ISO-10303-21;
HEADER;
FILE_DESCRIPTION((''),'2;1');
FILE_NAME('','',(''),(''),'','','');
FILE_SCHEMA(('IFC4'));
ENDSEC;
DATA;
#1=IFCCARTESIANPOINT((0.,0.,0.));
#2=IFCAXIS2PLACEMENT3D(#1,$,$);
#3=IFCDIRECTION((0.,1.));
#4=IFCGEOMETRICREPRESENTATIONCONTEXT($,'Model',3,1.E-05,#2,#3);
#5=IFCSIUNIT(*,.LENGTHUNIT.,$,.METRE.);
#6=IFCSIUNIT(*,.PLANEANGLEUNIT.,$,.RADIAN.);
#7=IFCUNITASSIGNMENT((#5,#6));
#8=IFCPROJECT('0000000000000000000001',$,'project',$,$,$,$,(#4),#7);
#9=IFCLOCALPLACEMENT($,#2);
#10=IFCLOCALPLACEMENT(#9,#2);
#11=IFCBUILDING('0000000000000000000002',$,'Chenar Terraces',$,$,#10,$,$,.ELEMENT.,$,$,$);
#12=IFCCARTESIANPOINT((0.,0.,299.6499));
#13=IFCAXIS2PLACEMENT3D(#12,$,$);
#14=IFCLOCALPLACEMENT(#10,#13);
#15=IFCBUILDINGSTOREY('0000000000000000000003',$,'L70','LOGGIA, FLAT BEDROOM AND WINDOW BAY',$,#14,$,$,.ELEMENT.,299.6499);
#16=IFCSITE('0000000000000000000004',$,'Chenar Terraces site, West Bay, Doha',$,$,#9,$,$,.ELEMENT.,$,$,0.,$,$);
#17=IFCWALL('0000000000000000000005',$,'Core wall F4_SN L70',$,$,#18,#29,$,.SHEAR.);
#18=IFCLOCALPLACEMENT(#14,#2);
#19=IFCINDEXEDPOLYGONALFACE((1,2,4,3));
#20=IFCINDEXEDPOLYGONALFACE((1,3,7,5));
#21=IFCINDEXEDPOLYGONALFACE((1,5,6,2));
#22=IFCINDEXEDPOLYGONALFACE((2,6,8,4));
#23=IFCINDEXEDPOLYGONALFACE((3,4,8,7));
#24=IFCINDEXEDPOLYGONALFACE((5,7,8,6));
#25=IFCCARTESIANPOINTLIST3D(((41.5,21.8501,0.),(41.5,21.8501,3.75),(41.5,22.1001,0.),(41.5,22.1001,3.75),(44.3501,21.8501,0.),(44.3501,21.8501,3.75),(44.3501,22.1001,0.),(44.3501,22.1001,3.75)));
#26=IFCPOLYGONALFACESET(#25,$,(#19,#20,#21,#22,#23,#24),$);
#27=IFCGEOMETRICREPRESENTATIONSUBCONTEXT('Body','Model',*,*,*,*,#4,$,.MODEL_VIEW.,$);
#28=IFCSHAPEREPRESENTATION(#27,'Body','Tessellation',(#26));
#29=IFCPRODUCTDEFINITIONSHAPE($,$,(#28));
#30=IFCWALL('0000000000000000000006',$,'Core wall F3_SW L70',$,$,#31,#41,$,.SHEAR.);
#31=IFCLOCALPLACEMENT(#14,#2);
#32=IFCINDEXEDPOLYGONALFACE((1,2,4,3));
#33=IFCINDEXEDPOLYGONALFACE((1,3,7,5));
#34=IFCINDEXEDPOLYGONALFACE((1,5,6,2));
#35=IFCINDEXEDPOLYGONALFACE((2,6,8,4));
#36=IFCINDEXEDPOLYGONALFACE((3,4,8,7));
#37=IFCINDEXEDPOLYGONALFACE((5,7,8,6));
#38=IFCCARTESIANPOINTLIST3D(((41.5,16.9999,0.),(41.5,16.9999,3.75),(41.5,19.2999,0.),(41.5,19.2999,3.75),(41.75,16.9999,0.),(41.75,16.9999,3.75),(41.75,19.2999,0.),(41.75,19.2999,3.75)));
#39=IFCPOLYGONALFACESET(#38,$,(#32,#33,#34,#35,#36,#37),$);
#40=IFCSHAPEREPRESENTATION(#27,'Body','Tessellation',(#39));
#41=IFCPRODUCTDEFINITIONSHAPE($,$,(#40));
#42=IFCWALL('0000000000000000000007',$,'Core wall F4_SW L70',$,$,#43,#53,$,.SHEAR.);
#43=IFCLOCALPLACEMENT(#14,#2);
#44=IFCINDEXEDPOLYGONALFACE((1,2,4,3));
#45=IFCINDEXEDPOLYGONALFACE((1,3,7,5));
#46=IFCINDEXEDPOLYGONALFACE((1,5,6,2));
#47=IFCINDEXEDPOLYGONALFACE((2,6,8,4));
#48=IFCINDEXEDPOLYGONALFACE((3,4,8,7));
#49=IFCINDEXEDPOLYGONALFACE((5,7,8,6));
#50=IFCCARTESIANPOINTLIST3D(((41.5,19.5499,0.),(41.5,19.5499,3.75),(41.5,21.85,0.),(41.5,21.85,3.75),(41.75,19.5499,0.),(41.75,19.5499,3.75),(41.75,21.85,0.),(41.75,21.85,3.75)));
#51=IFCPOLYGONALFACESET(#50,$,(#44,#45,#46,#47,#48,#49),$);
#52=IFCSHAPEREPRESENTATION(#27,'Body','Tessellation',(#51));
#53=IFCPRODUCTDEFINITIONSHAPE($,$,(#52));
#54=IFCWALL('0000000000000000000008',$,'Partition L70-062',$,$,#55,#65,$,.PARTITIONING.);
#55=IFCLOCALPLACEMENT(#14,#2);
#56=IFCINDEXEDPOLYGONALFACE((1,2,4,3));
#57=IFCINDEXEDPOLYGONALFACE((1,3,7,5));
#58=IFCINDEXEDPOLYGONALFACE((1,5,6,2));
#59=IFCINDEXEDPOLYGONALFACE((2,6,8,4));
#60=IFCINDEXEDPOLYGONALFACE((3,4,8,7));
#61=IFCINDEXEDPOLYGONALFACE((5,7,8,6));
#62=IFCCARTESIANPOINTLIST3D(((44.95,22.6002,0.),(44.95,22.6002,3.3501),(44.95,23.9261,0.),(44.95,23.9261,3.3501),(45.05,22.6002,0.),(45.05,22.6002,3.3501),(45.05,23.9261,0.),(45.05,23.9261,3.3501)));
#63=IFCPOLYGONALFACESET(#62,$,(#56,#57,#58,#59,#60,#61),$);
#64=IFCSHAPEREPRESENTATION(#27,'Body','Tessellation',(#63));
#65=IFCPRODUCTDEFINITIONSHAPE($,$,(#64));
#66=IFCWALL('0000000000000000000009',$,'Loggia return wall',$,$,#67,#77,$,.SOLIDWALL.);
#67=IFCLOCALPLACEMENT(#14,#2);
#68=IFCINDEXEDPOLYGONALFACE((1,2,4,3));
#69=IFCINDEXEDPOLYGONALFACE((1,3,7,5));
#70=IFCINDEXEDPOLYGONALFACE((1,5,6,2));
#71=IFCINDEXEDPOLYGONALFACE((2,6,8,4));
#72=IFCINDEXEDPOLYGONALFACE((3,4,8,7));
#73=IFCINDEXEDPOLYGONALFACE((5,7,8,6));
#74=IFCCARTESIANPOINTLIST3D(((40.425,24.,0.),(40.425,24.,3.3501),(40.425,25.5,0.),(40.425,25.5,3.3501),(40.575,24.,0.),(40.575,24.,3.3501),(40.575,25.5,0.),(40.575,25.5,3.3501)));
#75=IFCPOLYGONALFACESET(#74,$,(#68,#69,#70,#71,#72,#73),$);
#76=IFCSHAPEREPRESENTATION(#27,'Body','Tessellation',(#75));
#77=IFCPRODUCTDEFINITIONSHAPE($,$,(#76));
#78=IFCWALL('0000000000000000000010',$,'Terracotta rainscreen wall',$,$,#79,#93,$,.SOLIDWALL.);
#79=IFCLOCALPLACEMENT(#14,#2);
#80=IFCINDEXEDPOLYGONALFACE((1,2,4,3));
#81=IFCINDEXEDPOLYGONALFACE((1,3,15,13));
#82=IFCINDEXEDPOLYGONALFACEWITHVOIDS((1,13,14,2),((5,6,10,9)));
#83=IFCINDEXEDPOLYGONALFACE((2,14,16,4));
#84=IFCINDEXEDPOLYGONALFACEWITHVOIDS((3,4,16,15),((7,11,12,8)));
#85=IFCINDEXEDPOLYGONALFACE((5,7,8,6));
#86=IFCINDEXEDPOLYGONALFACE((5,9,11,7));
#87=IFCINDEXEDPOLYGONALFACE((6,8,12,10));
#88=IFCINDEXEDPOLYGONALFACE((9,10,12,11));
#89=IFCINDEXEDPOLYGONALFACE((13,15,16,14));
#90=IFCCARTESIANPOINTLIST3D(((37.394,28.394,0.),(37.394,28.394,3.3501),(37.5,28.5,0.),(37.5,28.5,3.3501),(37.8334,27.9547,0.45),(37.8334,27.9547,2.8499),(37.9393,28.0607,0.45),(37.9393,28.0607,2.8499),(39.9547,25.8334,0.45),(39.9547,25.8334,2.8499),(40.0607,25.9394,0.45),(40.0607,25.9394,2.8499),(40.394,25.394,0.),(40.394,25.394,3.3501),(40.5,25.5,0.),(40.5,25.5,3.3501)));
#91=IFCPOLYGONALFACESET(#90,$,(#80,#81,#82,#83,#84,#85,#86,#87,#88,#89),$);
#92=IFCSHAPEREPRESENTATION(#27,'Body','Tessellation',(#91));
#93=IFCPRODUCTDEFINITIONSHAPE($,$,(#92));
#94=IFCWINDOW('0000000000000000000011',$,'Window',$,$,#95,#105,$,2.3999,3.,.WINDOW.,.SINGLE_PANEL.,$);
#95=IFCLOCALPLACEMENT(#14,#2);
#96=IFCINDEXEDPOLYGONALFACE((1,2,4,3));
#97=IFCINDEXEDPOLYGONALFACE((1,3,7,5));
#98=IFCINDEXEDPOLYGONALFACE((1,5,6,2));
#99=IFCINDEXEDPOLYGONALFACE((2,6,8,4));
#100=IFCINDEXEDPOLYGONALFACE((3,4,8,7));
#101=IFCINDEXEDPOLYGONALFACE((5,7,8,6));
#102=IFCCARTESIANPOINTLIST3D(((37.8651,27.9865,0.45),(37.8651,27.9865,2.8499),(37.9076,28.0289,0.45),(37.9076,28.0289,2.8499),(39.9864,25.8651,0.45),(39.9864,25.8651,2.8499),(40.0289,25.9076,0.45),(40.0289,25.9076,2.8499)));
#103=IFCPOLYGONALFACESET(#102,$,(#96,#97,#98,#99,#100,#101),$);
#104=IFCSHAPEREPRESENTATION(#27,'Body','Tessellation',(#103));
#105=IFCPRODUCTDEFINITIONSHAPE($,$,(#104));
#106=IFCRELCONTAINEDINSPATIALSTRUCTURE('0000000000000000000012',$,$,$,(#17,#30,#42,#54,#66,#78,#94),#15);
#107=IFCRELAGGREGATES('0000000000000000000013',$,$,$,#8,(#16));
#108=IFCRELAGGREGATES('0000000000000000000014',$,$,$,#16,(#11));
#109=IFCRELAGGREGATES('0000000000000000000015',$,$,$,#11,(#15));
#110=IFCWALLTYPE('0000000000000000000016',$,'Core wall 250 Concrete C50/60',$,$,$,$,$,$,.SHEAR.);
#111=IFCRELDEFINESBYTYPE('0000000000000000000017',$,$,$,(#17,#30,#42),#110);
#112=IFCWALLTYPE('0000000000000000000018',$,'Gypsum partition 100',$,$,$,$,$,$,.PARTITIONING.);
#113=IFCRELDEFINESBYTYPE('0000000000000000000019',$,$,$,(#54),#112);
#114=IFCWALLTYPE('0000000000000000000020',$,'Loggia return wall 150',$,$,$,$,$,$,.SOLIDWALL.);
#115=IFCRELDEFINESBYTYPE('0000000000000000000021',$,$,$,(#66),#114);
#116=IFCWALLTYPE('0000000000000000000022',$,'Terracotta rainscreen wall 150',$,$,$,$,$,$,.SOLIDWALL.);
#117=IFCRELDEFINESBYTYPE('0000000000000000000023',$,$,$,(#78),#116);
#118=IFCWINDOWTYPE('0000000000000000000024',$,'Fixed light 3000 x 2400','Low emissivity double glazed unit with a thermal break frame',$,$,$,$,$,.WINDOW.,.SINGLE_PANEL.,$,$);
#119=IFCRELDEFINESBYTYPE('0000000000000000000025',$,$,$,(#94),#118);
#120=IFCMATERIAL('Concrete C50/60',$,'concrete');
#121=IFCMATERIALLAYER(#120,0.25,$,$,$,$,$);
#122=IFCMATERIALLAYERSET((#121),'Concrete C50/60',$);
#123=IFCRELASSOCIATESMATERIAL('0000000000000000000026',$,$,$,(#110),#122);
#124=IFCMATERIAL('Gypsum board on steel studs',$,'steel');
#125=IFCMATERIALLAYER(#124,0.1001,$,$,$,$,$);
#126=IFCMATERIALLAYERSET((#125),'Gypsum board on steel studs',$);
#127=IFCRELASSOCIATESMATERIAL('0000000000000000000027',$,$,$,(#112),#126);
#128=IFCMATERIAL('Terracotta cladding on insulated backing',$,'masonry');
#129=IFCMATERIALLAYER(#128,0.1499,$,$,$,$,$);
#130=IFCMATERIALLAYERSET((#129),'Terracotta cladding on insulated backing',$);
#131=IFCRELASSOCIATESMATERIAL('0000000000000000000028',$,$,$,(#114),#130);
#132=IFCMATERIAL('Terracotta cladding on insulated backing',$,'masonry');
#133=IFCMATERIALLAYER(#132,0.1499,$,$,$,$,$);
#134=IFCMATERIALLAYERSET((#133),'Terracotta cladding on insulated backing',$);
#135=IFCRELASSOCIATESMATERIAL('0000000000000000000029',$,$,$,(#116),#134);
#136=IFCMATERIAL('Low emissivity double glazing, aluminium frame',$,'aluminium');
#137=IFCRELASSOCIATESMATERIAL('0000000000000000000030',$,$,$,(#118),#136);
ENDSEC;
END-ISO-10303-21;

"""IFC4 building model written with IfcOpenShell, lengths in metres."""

from ifc_helpers import new_model, si_unit, direction, frame, frame_2d, origin, place, context, subcontext, project, spatial, rectangle, extrude, material, layer, layer_set, type_object, element, fill, save


model = new_model("IFC4")

# Units and contexts
model_context = context("Model", 3, precision=1e-05, world=origin(), true_north=direction((0.0, 1.0)))
body_context = subcontext(model_context, "Body", "Model", "MODEL_VIEW")
ifc_project = project(units=[si_unit("LENGTHUNIT", "METRE"), si_unit("PLANEANGLEUNIT", "RADIAN")], contexts=[model_context])

# Site, building, storey
site_placement = place(None, origin())
site = spatial("IfcSite", under=ifc_project, at=site_placement, Name="Chenar Terraces site, West Bay, Doha", CompositionType="ELEMENT", RefElevation=0.0)
building_placement = place(site_placement, origin())
building = spatial("IfcBuilding", under=site, at=building_placement, Name="Chenar Terraces", CompositionType="ELEMENT")
storey_placement = place(building_placement, frame((0.0, 0.0, 299.6499)))
storey = spatial("IfcBuildingStorey", under=building, at=storey_placement, Name="L70", Description="LOGGIA, FLAT BEDROOM AND WINDOW BAY", CompositionType="ELEMENT", Elevation=299.6499)

# Shared definitions
ifc_material_1 = material(Name="Concrete C50/60", Category="concrete")
ifc_layer_1 = layer(ifc_material_1, 0.25)
ifc_layer_set_1 = layer_set([ifc_layer_1], Name="Concrete C50/60")
wall_type_1 = type_object("IfcWallType", Name="Core wall 250 Concrete C50/60", PredefinedType="SHEAR", material=ifc_layer_set_1)

# Walls
for number, where, z_axis, x_axis, name in (
    (1, (41.5, 21.9751, 0.0), (0.0, 0.0, 1.0), (1.0, 0.0, 0.0), "Core wall F4_SN L70"),
):
    element("IfcWall", number, at=place(storey_placement, frame(where, z_axis=z_axis, x_axis=x_axis)), inside=storey, type_object=wall_type_1, Name=name, PredefinedType="SHEAR", context=body_context, shape_type="SweptSolid", body=[
        extrude(rectangle(XDim=2.8501, YDim=0.25, at=frame_2d((1.425, 0.0))), origin(), (0.0, 0.0, 1.0), 3.75),
    ])
for number, where, z_axis, x_axis, name in (
    (2, (41.625, 17.0, 0.0), (0.0, 0.0, 1.0), (0.0, 1.0, 0.0), "Core wall F3_SW L70"),
    (3, (41.625, 19.55, 0.0), (0.0, 0.0, 1.0), (0.0, 1.0, 0.0), "Core wall F4_SW L70"),
):
    element("IfcWall", number, at=place(storey_placement, frame(where, z_axis=z_axis, x_axis=x_axis)), inside=storey, type_object=wall_type_1, Name=name, PredefinedType="SHEAR", context=body_context, shape_type="SweptSolid", body=[
        extrude(rectangle(XDim=2.3, YDim=0.25, at=frame_2d((1.1499, 0.0))), origin(), (0.0, 0.0, 1.0), 3.75),
    ])
ifc_material_2 = material(Name="Gypsum board on steel studs", Category="steel")
ifc_layer_2 = layer(ifc_material_2, 0.1001)
ifc_layer_set_2 = layer_set([ifc_layer_2], Name="Gypsum board on steel studs")
wall_type_2 = type_object("IfcWallType", Name="Gypsum partition 100", PredefinedType="PARTITIONING", material=ifc_layer_set_2)
wall_1_placement = place(storey_placement, frame((45.0, 22.6001, 0.0), z_axis=(0.0, 0.0, 1.0), x_axis=(0.0, 1.0, 0.0)))
element("IfcWall", 4, at=wall_1_placement, inside=storey, type_object=wall_type_2, Name="Partition L70-062", PredefinedType="PARTITIONING", context=body_context, shape_type="SweptSolid", body=[
    extrude(rectangle(XDim=1.3259, YDim=0.1001, at=frame_2d((0.6631, 0.0))), origin(), (0.0, 0.0, 1.0), 3.3501),
])
ifc_material_3 = material(Name="Terracotta cladding on insulated backing", Category="masonry")
ifc_layer_3 = layer(ifc_material_3, 0.1499)
ifc_layer_set_3 = layer_set([ifc_layer_3], Name="Terracotta cladding on insulated backing")
wall_type_3 = type_object("IfcWallType", Name="Loggia return wall 150", PredefinedType="SOLIDWALL", material=ifc_layer_set_3)
wall_2_placement = place(storey_placement, frame((40.5, 25.5, 0.0), z_axis=(0.0, 0.0, 1.0), x_axis=(0.0, -1.0, 0.0)))
element("IfcWall", 5, at=wall_2_placement, inside=storey, type_object=wall_type_3, Name="Loggia return wall", PredefinedType="SOLIDWALL", context=body_context, shape_type="SweptSolid", body=[
    extrude(rectangle(XDim=1.5, YDim=0.1499, at=frame_2d((0.75, 0.0))), origin(), (0.0, 0.0, 1.0), 3.3501),
])

# Wall, opening, window
ifc_material_4 = material(Name="Terracotta cladding on insulated backing", Category="masonry")
ifc_layer_4 = layer(ifc_material_4, 0.1499)
ifc_layer_set_4 = layer_set([ifc_layer_4], Name="Terracotta cladding on insulated backing")
wall_type_4 = type_object("IfcWallType", Name="Terracotta rainscreen wall 150", PredefinedType="SOLIDWALL", material=ifc_layer_set_4)
wall_3_placement = place(storey_placement, frame((40.447, 25.447, 0.0), z_axis=(0.0, 0.0, 1.0), x_axis=(-0.707107, 0.707107, 0.0)))
wall_3 = element("IfcWall", 6, at=wall_3_placement, inside=storey, type_object=wall_type_4, Name="Terracotta rainscreen wall", PredefinedType="SOLIDWALL", context=body_context, shape_type="SweptSolid", body=[
    extrude(rectangle(XDim=4.2427, YDim=0.1499, at=frame_2d((2.1213, 0.0))), origin(), (0.0, 0.0, 1.0), 3.3501),
])
opening_1_placement = place(wall_3_placement, frame((0.6213, 0.0, 0.45)))
opening_1 = element("IfcOpeningElement", 7, at=opening_1_placement, cuts=wall_3, PredefinedType="OPENING", context=body_context, shape_type="SweptSolid", body=[
    extrude(rectangle(XDim=3.0, YDim=2.3999, at=frame_2d((1.5, 1.2))), frame((0.0, 0.085, 0.0), z_axis=(0.0, -1.0, 0.0), x_axis=(1.0, 0.0, 0.0)), (0.0, 0.0, 1.0), 0.1699),
])
ifc_material_5 = material(Name="Low emissivity double glazing, aluminium frame", Category="aluminium")
window_type = type_object("IfcWindowType", Name="Fixed light 3000 x 2400", Description="Low emissivity double glazed unit with a thermal break frame", PartitioningType="SINGLE_PANEL", PredefinedType="WINDOW", material=ifc_material_5)
window_placement = place(opening_1_placement, origin())
window = element("IfcWindow", 8, at=window_placement, inside=storey, type_object=window_type, Name="Window", OverallHeight=2.3999, OverallWidth=3.0, PartitioningType="SINGLE_PANEL", PredefinedType="WINDOW", context=body_context, shape_type="SweptSolid", body=[
    extrude(rectangle(XDim=3.0, YDim=2.3999, at=frame_2d((1.5, 1.2))), frame((0.0, 0.03, 0.0), z_axis=(0.0, -1.0, 0.0), x_axis=(1.0, 0.0, 0.0)), (0.0, 0.0, 1.0), 0.0601),
])
fill(opening_1, window)

save(model, "model.ifc")
